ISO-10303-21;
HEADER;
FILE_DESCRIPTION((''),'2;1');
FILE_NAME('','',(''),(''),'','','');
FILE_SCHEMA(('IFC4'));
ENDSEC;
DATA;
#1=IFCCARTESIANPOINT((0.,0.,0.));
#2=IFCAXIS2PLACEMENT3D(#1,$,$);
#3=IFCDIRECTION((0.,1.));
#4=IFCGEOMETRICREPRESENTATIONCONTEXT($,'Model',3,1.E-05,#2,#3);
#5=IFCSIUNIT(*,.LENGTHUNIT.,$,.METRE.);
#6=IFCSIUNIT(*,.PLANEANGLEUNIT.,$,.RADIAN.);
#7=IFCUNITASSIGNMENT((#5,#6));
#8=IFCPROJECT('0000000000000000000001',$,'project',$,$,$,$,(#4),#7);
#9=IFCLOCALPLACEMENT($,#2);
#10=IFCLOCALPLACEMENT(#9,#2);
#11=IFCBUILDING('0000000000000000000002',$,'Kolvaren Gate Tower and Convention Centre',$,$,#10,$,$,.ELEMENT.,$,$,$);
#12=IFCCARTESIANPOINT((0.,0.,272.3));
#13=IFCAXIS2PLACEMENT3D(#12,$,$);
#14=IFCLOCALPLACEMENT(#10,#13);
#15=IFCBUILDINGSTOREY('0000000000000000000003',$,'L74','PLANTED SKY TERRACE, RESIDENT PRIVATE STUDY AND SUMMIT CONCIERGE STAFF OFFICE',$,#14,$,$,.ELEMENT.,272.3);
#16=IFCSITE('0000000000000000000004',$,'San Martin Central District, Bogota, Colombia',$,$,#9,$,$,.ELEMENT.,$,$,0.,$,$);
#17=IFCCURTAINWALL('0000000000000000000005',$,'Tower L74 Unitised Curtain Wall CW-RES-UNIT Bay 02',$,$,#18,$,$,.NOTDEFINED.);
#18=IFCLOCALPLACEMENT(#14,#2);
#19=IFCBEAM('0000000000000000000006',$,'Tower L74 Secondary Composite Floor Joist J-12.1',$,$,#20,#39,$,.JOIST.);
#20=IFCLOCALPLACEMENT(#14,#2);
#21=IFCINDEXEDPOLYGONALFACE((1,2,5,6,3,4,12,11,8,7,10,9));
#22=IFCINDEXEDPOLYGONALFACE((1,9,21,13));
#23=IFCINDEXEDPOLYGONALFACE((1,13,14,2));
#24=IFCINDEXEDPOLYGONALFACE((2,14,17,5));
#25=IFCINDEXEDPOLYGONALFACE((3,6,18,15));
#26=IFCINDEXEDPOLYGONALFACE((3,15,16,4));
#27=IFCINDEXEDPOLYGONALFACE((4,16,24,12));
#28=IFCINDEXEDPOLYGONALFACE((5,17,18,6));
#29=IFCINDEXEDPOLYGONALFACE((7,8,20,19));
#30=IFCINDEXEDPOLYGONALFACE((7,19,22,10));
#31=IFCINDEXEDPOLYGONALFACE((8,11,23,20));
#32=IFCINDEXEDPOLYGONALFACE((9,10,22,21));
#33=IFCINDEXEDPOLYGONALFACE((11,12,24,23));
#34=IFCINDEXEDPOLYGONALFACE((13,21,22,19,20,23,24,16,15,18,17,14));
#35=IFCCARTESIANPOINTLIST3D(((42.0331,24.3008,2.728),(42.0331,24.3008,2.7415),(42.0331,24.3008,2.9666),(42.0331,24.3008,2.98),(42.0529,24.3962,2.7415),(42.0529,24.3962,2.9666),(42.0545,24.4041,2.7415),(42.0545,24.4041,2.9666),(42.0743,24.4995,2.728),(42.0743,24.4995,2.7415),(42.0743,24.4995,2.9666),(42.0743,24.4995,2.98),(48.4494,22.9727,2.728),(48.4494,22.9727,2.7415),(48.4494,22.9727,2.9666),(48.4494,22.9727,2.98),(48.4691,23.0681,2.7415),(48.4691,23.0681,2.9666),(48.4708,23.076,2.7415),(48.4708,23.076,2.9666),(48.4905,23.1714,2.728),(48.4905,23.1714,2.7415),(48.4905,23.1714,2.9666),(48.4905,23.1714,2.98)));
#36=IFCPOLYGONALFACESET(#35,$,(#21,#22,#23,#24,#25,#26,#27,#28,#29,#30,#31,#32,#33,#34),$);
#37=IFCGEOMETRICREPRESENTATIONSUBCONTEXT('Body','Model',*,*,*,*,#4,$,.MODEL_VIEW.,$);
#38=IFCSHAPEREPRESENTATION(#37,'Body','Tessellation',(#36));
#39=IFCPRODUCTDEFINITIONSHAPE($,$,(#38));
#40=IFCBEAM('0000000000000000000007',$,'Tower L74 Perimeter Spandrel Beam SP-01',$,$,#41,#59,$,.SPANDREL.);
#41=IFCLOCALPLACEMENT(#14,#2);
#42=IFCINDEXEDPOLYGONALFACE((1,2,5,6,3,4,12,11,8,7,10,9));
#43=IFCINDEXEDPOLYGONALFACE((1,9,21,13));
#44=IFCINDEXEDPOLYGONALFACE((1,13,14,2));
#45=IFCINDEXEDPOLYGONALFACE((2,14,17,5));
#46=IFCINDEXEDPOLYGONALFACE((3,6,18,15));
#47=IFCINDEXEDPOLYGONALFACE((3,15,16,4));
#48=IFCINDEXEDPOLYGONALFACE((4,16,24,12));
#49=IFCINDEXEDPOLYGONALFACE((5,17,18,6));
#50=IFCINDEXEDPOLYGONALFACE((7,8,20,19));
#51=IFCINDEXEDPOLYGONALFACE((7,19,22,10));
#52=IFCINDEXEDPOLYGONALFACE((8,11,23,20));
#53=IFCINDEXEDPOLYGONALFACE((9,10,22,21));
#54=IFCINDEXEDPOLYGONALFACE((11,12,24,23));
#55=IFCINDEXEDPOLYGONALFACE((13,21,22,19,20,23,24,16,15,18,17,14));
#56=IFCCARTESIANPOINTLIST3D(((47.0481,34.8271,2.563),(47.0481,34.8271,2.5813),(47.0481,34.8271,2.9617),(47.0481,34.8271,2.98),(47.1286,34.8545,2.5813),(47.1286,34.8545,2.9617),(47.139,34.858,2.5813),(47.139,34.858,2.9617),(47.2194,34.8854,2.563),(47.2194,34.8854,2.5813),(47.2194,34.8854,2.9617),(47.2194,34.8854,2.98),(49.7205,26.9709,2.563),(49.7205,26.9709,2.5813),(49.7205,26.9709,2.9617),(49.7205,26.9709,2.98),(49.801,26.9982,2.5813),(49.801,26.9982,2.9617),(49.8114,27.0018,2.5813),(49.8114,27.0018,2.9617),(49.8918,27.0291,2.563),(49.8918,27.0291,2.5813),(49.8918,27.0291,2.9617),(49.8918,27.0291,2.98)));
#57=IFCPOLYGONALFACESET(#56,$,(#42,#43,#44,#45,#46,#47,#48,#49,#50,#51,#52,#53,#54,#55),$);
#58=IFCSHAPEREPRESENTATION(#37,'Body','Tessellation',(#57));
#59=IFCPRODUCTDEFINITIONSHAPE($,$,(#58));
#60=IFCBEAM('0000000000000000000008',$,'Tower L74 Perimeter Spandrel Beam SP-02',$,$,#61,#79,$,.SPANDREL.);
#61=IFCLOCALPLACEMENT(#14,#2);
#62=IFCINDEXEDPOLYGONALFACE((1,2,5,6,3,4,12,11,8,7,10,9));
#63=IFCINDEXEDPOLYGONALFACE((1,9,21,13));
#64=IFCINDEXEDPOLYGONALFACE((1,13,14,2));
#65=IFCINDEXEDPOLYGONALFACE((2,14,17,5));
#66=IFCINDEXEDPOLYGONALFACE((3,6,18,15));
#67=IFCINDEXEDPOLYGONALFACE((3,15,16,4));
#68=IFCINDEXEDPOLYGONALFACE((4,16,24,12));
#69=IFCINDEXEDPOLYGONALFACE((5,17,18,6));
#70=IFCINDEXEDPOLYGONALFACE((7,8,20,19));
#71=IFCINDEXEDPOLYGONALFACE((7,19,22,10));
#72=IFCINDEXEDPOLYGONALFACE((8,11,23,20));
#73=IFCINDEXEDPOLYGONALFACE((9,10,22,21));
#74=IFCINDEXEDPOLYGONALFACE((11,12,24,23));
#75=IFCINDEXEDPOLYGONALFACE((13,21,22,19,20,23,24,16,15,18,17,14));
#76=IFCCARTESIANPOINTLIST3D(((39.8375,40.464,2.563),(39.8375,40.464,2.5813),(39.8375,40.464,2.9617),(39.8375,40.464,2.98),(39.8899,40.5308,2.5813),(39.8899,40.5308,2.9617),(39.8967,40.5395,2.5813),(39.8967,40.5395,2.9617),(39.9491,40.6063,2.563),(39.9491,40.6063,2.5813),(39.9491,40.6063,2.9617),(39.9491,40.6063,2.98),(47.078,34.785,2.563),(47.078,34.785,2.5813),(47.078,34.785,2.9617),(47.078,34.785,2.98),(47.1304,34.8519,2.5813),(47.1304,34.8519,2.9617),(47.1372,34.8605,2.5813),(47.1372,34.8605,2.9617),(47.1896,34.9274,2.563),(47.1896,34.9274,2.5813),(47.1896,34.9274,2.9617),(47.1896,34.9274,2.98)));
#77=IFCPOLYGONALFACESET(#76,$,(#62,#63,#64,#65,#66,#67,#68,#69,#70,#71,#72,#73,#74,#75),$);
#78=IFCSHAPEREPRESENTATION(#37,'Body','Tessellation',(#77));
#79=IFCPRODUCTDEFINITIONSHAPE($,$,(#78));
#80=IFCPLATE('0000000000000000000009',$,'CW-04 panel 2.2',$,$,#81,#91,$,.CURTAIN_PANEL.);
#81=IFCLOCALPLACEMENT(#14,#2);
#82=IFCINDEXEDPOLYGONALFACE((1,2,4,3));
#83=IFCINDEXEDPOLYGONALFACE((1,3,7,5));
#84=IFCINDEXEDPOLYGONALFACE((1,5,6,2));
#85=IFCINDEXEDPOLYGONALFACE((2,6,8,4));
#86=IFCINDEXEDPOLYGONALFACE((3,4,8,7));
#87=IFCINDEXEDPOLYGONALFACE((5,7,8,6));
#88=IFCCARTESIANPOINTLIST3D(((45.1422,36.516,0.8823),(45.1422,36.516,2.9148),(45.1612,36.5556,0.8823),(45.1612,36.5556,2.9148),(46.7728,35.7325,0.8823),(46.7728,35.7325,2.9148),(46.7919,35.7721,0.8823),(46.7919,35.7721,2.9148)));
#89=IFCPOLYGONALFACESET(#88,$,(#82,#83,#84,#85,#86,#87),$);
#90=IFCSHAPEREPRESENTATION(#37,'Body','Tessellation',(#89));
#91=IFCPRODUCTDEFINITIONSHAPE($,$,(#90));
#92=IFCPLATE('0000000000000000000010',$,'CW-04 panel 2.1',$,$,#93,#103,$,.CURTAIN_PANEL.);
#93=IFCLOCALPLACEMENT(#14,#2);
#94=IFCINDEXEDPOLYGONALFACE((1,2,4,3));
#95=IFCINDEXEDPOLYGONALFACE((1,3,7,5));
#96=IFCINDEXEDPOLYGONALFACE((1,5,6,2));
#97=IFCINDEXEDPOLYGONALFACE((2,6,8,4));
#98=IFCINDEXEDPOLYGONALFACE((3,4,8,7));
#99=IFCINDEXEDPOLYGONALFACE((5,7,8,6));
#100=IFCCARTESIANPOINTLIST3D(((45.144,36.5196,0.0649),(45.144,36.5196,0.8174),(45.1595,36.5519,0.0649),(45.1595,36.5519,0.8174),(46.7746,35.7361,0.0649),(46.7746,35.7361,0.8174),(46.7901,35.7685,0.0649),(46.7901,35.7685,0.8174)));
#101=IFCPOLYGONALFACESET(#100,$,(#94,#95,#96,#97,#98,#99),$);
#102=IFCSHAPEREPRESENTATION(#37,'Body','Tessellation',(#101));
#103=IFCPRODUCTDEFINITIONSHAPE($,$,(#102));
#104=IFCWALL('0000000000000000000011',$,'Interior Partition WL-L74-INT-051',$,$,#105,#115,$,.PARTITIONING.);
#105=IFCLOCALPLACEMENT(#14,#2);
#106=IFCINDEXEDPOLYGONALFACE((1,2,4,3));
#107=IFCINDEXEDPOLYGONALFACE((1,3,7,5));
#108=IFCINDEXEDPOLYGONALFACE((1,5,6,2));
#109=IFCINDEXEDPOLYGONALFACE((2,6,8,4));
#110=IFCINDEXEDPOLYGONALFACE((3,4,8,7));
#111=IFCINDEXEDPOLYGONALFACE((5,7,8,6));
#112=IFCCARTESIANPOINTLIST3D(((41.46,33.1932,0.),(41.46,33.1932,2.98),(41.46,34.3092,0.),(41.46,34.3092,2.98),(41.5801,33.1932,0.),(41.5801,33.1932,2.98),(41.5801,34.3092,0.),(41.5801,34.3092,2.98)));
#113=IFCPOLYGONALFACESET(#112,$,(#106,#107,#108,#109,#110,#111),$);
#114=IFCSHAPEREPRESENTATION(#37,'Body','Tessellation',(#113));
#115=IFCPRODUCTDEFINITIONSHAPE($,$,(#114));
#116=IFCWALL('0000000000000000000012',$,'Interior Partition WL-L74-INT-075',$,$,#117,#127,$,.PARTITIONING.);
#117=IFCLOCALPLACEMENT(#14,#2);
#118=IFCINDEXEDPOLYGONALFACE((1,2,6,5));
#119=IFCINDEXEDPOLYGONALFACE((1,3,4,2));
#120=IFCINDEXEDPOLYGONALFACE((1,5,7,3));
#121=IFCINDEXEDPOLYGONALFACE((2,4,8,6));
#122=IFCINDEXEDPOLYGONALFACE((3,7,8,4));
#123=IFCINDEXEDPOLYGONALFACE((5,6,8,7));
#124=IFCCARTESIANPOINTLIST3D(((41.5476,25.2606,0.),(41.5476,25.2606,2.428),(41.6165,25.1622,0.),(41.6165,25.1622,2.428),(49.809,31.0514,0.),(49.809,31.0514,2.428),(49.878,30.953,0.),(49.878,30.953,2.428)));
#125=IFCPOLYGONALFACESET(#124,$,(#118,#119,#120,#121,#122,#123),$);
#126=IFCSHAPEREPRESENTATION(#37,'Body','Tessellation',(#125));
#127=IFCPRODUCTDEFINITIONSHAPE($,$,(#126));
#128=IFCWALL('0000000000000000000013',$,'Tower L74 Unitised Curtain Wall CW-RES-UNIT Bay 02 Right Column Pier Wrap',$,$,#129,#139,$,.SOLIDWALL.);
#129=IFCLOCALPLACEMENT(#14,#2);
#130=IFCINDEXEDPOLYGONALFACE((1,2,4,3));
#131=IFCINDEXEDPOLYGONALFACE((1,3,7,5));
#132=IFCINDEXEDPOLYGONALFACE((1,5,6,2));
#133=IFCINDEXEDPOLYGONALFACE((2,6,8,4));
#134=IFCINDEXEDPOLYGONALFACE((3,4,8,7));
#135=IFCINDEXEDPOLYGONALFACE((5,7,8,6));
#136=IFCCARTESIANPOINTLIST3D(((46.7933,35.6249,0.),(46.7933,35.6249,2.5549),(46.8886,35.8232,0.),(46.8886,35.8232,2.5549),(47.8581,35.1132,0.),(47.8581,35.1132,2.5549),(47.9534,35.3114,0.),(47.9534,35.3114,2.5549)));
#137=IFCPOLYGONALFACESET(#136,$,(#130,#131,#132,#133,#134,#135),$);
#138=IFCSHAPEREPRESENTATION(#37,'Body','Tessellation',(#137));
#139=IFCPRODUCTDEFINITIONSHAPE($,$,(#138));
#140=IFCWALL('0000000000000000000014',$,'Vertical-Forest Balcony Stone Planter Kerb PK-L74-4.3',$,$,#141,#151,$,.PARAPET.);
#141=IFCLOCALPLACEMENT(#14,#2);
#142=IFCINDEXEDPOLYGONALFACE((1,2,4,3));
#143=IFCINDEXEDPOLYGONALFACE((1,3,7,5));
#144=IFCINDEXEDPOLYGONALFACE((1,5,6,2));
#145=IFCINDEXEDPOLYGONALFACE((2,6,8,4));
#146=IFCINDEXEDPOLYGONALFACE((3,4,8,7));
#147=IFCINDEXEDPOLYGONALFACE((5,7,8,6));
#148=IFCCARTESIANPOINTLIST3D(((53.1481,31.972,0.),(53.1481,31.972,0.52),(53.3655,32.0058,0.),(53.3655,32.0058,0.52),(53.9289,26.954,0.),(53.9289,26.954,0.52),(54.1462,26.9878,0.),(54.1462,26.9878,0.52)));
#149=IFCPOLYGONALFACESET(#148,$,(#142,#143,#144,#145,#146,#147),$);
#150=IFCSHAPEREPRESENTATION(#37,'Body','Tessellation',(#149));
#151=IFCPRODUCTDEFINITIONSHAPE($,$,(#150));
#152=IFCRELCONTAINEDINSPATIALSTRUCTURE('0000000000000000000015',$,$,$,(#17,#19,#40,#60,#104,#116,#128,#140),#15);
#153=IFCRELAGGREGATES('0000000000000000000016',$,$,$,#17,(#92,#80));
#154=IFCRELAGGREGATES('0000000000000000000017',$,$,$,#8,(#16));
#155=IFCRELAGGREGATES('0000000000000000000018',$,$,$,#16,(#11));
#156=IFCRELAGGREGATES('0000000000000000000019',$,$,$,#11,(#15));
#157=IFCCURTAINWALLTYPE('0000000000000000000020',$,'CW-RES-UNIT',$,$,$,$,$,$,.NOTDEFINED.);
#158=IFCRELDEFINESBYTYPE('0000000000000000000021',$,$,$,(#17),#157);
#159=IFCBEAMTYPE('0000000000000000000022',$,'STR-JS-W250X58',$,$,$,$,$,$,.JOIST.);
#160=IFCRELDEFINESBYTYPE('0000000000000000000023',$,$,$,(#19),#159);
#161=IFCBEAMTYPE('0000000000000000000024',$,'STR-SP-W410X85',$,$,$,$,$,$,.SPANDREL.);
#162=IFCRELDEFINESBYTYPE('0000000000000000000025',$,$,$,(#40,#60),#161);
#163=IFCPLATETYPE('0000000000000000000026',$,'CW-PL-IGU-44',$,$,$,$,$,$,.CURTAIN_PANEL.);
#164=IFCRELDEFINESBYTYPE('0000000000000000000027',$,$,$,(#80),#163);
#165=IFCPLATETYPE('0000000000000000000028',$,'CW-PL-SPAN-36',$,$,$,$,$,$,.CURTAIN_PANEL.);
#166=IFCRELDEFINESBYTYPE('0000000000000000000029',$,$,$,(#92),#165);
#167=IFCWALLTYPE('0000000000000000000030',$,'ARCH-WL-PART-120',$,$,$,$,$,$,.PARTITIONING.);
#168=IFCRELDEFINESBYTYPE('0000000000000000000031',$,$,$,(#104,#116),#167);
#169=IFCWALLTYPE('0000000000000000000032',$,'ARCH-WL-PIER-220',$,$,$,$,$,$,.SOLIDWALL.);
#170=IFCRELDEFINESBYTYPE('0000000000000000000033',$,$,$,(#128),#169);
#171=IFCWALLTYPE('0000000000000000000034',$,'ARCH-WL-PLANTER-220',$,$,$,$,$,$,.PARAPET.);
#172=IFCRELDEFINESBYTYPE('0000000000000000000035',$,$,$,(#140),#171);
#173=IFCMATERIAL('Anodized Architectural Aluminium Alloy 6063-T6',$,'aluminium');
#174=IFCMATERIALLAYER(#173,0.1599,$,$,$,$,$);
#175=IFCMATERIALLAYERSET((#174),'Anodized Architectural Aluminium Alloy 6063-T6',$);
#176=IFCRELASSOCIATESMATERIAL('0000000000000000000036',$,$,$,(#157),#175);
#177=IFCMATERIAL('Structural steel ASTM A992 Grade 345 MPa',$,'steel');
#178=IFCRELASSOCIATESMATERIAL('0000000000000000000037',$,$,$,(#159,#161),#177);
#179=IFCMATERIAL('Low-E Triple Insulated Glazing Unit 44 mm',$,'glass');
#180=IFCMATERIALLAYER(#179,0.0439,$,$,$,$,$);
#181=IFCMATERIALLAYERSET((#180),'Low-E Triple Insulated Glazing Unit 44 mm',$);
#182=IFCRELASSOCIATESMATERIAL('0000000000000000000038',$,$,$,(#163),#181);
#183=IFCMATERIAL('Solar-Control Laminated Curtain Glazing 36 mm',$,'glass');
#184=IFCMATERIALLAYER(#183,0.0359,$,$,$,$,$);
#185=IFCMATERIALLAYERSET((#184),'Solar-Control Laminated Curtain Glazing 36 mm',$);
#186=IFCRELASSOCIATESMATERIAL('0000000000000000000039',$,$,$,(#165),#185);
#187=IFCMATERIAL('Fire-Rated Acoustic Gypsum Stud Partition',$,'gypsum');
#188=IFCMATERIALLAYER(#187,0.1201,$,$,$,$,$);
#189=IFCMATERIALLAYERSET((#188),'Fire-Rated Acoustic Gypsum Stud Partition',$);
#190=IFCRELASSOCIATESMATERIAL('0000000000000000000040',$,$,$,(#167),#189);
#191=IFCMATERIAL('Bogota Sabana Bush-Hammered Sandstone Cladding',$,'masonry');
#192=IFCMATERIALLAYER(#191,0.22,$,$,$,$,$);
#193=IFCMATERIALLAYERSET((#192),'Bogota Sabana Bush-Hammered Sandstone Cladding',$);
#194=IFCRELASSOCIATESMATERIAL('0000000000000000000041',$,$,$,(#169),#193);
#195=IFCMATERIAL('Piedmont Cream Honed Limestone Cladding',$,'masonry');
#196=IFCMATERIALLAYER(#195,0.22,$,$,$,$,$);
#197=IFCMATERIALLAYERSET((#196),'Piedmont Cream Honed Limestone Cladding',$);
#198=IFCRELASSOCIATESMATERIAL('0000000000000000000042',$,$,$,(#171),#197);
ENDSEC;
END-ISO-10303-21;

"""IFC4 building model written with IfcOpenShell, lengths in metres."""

from ifc_helpers import new_model, si_unit, direction, frame, frame_2d, origin, origin_2d, place, context, subcontext, project, spatial, rectangle, i_section, extrude, material, layer, layer_set, material_profile, profile_set, type_object, element, aggregate, save


model = new_model("IFC4")

# Units and contexts
model_context = context("Model", 3, precision=1e-05, world=origin(), true_north=direction((0.0, 1.0)))
body_context = subcontext(model_context, "Body", "Model", "MODEL_VIEW")
ifc_project = project(units=[si_unit("LENGTHUNIT", "METRE"), si_unit("PLANEANGLEUNIT", "RADIAN")], contexts=[model_context])

# Site, building, storey
site_placement = place(None, origin())
site = spatial("IfcSite", under=ifc_project, at=site_placement, Name="San Martin Central District, Bogota, Colombia", CompositionType="ELEMENT", RefElevation=0.0)
building_placement = place(site_placement, origin())
building = spatial("IfcBuilding", under=site, at=building_placement, Name="Kolvaren Gate Tower and Convention Centre", CompositionType="ELEMENT")
storey_placement = place(building_placement, frame((0.0, 0.0, 272.3)))
storey = spatial("IfcBuildingStorey", under=building, at=storey_placement, Name="L74", Description="PLANTED SKY TERRACE, RESIDENT PRIVATE STUDY AND SUMMIT CONCIERGE STAFF OFFICE", CompositionType="ELEMENT", Elevation=272.3)

# Curtain wall
ifc_material_1 = material(Name="Anodized Architectural Aluminium Alloy 6063-T6", Category="aluminium")
ifc_layer_1 = layer(ifc_material_1, 0.1599)
ifc_layer_set_1 = layer_set([ifc_layer_1], Name="Anodized Architectural Aluminium Alloy 6063-T6")
curtain_wall_type = type_object("IfcCurtainWallType", Name="CW-RES-UNIT", PredefinedType="NOTDEFINED", material=ifc_layer_set_1)
curtain_wall_placement = place(storey_placement, origin())
curtain_wall = element("IfcCurtainWall", 1, at=curtain_wall_placement, inside=storey, type_object=curtain_wall_type, Name="Tower L74 Unitised Curtain Wall CW-RES-UNIT Bay 02", PredefinedType="NOTDEFINED")

# Beams
ifc_material_2 = material(Name="Structural steel ASTM A992 Grade 345 MPa", Category="steel")
ifc_material_profile_1 = material_profile(ifc_material_2, i_section(OverallWidth=0.2029, OverallDepth=0.252, WebThickness=0.0081, FlangeThickness=0.0134, at=origin_2d()), Name="W250X58")
ifc_profile_set_1 = profile_set([ifc_material_profile_1], Name="Structural steel ASTM A992 Grade 345 MPa")
beam_type_1 = type_object("IfcBeamType", Name="STR-JS-W250X58", PredefinedType="JOIST", material=ifc_profile_set_1)
beam_1_placement = place(storey_placement, frame((42.0537, 24.4001, 2.854), z_axis=(0.979242, -0.202697, 0.0), x_axis=(0.202697, 0.979242, 0.0)))
element("IfcBeam", 2, at=beam_1_placement, inside=storey, type_object=beam_type_1, Name="Tower L74 Secondary Composite Floor Joist J-12.1", PredefinedType="JOIST", context=body_context, shape_type="SweptSolid", body=[
    extrude(i_section(OverallWidth=0.2029, OverallDepth=0.252, WebThickness=0.0081, FlangeThickness=0.0134, at=origin_2d()), origin(), (0.0, 0.0, 1.0), 6.5522),
])
ifc_material_profile_2 = material_profile(ifc_material_2, i_section(OverallWidth=0.1809, OverallDepth=0.417, WebThickness=0.011, FlangeThickness=0.0183, at=origin_2d()), Name="W410X85")
ifc_profile_set_2 = profile_set([ifc_material_profile_2], Name="Structural steel ASTM A992 Grade 345 MPa")
beam_type_2 = type_object("IfcBeamType", Name="STR-SP-W410X85", PredefinedType="SPANDREL", material=ifc_profile_set_2)
beam_2_placement = place(storey_placement, frame((49.8062, 27.0, 2.7715), z_axis=(-0.322038, 0.946727, 0.0), x_axis=(-0.946727, -0.322038, 0.0)))
element("IfcBeam", 3, at=beam_2_placement, inside=storey, type_object=beam_type_2, Name="Tower L74 Perimeter Spandrel Beam SP-01", PredefinedType="SPANDREL", context=body_context, shape_type="SweptSolid", body=[
    extrude(i_section(OverallWidth=0.1809, OverallDepth=0.417, WebThickness=0.011, FlangeThickness=0.0183, at=origin_2d()), origin(), (0.0, 0.0, 1.0), 8.2983),
])
beam_3_placement = place(storey_placement, frame((47.1338, 34.8562, 2.7715), z_axis=(-0.786846, 0.61715, 0.0), x_axis=(-0.61715, -0.786846, 0.0)))
element("IfcBeam", 4, at=beam_3_placement, inside=storey, type_object=beam_type_2, Name="Tower L74 Perimeter Spandrel Beam SP-02", PredefinedType="SPANDREL", context=body_context, shape_type="SweptSolid", body=[
    extrude(i_section(OverallWidth=0.1809, OverallDepth=0.417, WebThickness=0.011, FlangeThickness=0.0183, at=origin_2d()), origin(), (0.0, 0.0, 1.0), 9.2019),
])

# Plates
ifc_material_3 = material(Name="Low-E Triple Insulated Glazing Unit 44 mm", Category="glass")
ifc_layer_2 = layer(ifc_material_3, 0.0439)
ifc_layer_set_2 = layer_set([ifc_layer_2], Name="Low-E Triple Insulated Glazing Unit 44 mm")
plate_type_1 = type_object("IfcPlateType", Name="CW-PL-IGU-44", PredefinedType="CURTAIN_PANEL", material=ifc_layer_set_2)
plate_1_placement = place(storey_placement, frame((45.967, 36.144, 0.8823), z_axis=(0.0, 0.0, 1.0), x_axis=(0.901361, -0.43307, 0.0)))
plate_1 = element("IfcPlate", 5, at=plate_1_placement, type_object=plate_type_1, Name="CW-04 panel 2.2", PredefinedType="CURTAIN_PANEL", context=body_context, shape_type="SweptSolid", body=[
    extrude(rectangle(XDim=1.8091, YDim=0.0439, at=origin_2d()), origin(), (0.0, 0.0, 1.0), 2.0325),
])
ifc_material_4 = material(Name="Solar-Control Laminated Curtain Glazing 36 mm", Category="glass")
ifc_layer_3 = layer(ifc_material_4, 0.0359)
ifc_layer_set_3 = layer_set([ifc_layer_3], Name="Solar-Control Laminated Curtain Glazing 36 mm")
plate_type_2 = type_object("IfcPlateType", Name="CW-PL-SPAN-36", PredefinedType="CURTAIN_PANEL", material=ifc_layer_set_3)
plate_2_placement = place(storey_placement, frame((45.967, 36.144, 0.0649), z_axis=(0.0, 0.0, 1.0), x_axis=(0.901361, -0.43307, 0.0)))
plate_2 = element("IfcPlate", 6, at=plate_2_placement, type_object=plate_type_2, Name="CW-04 panel 2.1", PredefinedType="CURTAIN_PANEL", context=body_context, shape_type="SweptSolid", body=[
    extrude(rectangle(XDim=1.8091, YDim=0.0359, at=origin_2d()), origin(), (0.0, 0.0, 1.0), 0.7524),
])
aggregate(curtain_wall, [plate_2, plate_1])

# Walls
ifc_material_5 = material(Name="Fire-Rated Acoustic Gypsum Stud Partition", Category="gypsum")
ifc_layer_4 = layer(ifc_material_5, 0.1201)
ifc_layer_set_4 = layer_set([ifc_layer_4], Name="Fire-Rated Acoustic Gypsum Stud Partition")
wall_type_1 = type_object("IfcWallType", Name="ARCH-WL-PART-120", PredefinedType="PARTITIONING", material=ifc_layer_set_4)
wall_1_placement = place(storey_placement, frame((41.52, 33.1931, 0.0), z_axis=(0.0, 0.0, 1.0), x_axis=(0.0, 1.0, 0.0)))
element("IfcWall", 7, at=wall_1_placement, inside=storey, type_object=wall_type_1, Name="Interior Partition WL-L74-INT-051", PredefinedType="PARTITIONING", context=body_context, shape_type="SweptSolid", body=[
    extrude(rectangle(XDim=1.116, YDim=0.1201, at=frame_2d((0.5581, 0.0))), origin(), (0.0, 0.0, 1.0), 2.98),
])
wall_2_placement = place(storey_placement, frame((41.582, 25.2114, 0.0), z_axis=(0.0, 0.0, 1.0), x_axis=(0.818871, 0.573977, 0.0)))
element("IfcWall", 8, at=wall_2_placement, inside=storey, type_object=wall_type_1, Name="Interior Partition WL-L74-INT-075", PredefinedType="PARTITIONING", context=body_context, shape_type="SweptSolid", body=[
    extrude(rectangle(XDim=10.0889, YDim=0.1201, at=frame_2d((5.0444, 0.0))), origin(), (0.0, 0.0, 1.0), 2.428),
])
ifc_material_6 = material(Name="Bogota Sabana Bush-Hammered Sandstone Cladding", Category="masonry")
ifc_layer_5 = layer(ifc_material_6, 0.22)
ifc_layer_set_5 = layer_set([ifc_layer_5], Name="Bogota Sabana Bush-Hammered Sandstone Cladding")
wall_type_2 = type_object("IfcWallType", Name="ARCH-WL-PIER-220", PredefinedType="SOLIDWALL", material=ifc_layer_set_5)
wall_3_placement = place(storey_placement, frame((46.8408, 35.7241, 0.0), z_axis=(0.0, 0.0, 1.0), x_axis=(0.901304, -0.433188, 0.0)))
element("IfcWall", 9, at=wall_3_placement, inside=storey, type_object=wall_type_2, Name="Tower L74 Unitised Curtain Wall CW-RES-UNIT Bay 02 Right Column Pier Wrap", PredefinedType="SOLIDWALL", context=body_context, shape_type="SweptSolid", body=[
    extrude(rectangle(XDim=1.1814, YDim=0.22, at=frame_2d((0.5908, 0.0))), origin(), (0.0, 0.0, 1.0), 2.5549),
])
ifc_material_7 = material(Name="Piedmont Cream Honed Limestone Cladding", Category="masonry")
ifc_layer_6 = layer(ifc_material_7, 0.22)
ifc_layer_set_6 = layer_set([ifc_layer_6], Name="Piedmont Cream Honed Limestone Cladding")
wall_type_3 = type_object("IfcWallType", Name="ARCH-WL-PLANTER-220", PredefinedType="PARAPET", material=ifc_layer_set_6)
wall_4_placement = place(storey_placement, frame((53.2568, 31.9888, 0.0), z_axis=(0.0, 0.0, 1.0), x_axis=(0.15374, -0.988111, 0.0)))
element("IfcWall", 10, at=wall_4_placement, inside=storey, type_object=wall_type_3, Name="Vertical-Forest Balcony Stone Planter Kerb PK-L74-4.3", PredefinedType="PARAPET", context=body_context, shape_type="SweptSolid", body=[
    extrude(rectangle(XDim=5.0784, YDim=0.22, at=frame_2d((2.5391, 0.0))), origin(), (0.0, 0.0, 1.0), 0.52),
])

save(model, "model.ifc")
